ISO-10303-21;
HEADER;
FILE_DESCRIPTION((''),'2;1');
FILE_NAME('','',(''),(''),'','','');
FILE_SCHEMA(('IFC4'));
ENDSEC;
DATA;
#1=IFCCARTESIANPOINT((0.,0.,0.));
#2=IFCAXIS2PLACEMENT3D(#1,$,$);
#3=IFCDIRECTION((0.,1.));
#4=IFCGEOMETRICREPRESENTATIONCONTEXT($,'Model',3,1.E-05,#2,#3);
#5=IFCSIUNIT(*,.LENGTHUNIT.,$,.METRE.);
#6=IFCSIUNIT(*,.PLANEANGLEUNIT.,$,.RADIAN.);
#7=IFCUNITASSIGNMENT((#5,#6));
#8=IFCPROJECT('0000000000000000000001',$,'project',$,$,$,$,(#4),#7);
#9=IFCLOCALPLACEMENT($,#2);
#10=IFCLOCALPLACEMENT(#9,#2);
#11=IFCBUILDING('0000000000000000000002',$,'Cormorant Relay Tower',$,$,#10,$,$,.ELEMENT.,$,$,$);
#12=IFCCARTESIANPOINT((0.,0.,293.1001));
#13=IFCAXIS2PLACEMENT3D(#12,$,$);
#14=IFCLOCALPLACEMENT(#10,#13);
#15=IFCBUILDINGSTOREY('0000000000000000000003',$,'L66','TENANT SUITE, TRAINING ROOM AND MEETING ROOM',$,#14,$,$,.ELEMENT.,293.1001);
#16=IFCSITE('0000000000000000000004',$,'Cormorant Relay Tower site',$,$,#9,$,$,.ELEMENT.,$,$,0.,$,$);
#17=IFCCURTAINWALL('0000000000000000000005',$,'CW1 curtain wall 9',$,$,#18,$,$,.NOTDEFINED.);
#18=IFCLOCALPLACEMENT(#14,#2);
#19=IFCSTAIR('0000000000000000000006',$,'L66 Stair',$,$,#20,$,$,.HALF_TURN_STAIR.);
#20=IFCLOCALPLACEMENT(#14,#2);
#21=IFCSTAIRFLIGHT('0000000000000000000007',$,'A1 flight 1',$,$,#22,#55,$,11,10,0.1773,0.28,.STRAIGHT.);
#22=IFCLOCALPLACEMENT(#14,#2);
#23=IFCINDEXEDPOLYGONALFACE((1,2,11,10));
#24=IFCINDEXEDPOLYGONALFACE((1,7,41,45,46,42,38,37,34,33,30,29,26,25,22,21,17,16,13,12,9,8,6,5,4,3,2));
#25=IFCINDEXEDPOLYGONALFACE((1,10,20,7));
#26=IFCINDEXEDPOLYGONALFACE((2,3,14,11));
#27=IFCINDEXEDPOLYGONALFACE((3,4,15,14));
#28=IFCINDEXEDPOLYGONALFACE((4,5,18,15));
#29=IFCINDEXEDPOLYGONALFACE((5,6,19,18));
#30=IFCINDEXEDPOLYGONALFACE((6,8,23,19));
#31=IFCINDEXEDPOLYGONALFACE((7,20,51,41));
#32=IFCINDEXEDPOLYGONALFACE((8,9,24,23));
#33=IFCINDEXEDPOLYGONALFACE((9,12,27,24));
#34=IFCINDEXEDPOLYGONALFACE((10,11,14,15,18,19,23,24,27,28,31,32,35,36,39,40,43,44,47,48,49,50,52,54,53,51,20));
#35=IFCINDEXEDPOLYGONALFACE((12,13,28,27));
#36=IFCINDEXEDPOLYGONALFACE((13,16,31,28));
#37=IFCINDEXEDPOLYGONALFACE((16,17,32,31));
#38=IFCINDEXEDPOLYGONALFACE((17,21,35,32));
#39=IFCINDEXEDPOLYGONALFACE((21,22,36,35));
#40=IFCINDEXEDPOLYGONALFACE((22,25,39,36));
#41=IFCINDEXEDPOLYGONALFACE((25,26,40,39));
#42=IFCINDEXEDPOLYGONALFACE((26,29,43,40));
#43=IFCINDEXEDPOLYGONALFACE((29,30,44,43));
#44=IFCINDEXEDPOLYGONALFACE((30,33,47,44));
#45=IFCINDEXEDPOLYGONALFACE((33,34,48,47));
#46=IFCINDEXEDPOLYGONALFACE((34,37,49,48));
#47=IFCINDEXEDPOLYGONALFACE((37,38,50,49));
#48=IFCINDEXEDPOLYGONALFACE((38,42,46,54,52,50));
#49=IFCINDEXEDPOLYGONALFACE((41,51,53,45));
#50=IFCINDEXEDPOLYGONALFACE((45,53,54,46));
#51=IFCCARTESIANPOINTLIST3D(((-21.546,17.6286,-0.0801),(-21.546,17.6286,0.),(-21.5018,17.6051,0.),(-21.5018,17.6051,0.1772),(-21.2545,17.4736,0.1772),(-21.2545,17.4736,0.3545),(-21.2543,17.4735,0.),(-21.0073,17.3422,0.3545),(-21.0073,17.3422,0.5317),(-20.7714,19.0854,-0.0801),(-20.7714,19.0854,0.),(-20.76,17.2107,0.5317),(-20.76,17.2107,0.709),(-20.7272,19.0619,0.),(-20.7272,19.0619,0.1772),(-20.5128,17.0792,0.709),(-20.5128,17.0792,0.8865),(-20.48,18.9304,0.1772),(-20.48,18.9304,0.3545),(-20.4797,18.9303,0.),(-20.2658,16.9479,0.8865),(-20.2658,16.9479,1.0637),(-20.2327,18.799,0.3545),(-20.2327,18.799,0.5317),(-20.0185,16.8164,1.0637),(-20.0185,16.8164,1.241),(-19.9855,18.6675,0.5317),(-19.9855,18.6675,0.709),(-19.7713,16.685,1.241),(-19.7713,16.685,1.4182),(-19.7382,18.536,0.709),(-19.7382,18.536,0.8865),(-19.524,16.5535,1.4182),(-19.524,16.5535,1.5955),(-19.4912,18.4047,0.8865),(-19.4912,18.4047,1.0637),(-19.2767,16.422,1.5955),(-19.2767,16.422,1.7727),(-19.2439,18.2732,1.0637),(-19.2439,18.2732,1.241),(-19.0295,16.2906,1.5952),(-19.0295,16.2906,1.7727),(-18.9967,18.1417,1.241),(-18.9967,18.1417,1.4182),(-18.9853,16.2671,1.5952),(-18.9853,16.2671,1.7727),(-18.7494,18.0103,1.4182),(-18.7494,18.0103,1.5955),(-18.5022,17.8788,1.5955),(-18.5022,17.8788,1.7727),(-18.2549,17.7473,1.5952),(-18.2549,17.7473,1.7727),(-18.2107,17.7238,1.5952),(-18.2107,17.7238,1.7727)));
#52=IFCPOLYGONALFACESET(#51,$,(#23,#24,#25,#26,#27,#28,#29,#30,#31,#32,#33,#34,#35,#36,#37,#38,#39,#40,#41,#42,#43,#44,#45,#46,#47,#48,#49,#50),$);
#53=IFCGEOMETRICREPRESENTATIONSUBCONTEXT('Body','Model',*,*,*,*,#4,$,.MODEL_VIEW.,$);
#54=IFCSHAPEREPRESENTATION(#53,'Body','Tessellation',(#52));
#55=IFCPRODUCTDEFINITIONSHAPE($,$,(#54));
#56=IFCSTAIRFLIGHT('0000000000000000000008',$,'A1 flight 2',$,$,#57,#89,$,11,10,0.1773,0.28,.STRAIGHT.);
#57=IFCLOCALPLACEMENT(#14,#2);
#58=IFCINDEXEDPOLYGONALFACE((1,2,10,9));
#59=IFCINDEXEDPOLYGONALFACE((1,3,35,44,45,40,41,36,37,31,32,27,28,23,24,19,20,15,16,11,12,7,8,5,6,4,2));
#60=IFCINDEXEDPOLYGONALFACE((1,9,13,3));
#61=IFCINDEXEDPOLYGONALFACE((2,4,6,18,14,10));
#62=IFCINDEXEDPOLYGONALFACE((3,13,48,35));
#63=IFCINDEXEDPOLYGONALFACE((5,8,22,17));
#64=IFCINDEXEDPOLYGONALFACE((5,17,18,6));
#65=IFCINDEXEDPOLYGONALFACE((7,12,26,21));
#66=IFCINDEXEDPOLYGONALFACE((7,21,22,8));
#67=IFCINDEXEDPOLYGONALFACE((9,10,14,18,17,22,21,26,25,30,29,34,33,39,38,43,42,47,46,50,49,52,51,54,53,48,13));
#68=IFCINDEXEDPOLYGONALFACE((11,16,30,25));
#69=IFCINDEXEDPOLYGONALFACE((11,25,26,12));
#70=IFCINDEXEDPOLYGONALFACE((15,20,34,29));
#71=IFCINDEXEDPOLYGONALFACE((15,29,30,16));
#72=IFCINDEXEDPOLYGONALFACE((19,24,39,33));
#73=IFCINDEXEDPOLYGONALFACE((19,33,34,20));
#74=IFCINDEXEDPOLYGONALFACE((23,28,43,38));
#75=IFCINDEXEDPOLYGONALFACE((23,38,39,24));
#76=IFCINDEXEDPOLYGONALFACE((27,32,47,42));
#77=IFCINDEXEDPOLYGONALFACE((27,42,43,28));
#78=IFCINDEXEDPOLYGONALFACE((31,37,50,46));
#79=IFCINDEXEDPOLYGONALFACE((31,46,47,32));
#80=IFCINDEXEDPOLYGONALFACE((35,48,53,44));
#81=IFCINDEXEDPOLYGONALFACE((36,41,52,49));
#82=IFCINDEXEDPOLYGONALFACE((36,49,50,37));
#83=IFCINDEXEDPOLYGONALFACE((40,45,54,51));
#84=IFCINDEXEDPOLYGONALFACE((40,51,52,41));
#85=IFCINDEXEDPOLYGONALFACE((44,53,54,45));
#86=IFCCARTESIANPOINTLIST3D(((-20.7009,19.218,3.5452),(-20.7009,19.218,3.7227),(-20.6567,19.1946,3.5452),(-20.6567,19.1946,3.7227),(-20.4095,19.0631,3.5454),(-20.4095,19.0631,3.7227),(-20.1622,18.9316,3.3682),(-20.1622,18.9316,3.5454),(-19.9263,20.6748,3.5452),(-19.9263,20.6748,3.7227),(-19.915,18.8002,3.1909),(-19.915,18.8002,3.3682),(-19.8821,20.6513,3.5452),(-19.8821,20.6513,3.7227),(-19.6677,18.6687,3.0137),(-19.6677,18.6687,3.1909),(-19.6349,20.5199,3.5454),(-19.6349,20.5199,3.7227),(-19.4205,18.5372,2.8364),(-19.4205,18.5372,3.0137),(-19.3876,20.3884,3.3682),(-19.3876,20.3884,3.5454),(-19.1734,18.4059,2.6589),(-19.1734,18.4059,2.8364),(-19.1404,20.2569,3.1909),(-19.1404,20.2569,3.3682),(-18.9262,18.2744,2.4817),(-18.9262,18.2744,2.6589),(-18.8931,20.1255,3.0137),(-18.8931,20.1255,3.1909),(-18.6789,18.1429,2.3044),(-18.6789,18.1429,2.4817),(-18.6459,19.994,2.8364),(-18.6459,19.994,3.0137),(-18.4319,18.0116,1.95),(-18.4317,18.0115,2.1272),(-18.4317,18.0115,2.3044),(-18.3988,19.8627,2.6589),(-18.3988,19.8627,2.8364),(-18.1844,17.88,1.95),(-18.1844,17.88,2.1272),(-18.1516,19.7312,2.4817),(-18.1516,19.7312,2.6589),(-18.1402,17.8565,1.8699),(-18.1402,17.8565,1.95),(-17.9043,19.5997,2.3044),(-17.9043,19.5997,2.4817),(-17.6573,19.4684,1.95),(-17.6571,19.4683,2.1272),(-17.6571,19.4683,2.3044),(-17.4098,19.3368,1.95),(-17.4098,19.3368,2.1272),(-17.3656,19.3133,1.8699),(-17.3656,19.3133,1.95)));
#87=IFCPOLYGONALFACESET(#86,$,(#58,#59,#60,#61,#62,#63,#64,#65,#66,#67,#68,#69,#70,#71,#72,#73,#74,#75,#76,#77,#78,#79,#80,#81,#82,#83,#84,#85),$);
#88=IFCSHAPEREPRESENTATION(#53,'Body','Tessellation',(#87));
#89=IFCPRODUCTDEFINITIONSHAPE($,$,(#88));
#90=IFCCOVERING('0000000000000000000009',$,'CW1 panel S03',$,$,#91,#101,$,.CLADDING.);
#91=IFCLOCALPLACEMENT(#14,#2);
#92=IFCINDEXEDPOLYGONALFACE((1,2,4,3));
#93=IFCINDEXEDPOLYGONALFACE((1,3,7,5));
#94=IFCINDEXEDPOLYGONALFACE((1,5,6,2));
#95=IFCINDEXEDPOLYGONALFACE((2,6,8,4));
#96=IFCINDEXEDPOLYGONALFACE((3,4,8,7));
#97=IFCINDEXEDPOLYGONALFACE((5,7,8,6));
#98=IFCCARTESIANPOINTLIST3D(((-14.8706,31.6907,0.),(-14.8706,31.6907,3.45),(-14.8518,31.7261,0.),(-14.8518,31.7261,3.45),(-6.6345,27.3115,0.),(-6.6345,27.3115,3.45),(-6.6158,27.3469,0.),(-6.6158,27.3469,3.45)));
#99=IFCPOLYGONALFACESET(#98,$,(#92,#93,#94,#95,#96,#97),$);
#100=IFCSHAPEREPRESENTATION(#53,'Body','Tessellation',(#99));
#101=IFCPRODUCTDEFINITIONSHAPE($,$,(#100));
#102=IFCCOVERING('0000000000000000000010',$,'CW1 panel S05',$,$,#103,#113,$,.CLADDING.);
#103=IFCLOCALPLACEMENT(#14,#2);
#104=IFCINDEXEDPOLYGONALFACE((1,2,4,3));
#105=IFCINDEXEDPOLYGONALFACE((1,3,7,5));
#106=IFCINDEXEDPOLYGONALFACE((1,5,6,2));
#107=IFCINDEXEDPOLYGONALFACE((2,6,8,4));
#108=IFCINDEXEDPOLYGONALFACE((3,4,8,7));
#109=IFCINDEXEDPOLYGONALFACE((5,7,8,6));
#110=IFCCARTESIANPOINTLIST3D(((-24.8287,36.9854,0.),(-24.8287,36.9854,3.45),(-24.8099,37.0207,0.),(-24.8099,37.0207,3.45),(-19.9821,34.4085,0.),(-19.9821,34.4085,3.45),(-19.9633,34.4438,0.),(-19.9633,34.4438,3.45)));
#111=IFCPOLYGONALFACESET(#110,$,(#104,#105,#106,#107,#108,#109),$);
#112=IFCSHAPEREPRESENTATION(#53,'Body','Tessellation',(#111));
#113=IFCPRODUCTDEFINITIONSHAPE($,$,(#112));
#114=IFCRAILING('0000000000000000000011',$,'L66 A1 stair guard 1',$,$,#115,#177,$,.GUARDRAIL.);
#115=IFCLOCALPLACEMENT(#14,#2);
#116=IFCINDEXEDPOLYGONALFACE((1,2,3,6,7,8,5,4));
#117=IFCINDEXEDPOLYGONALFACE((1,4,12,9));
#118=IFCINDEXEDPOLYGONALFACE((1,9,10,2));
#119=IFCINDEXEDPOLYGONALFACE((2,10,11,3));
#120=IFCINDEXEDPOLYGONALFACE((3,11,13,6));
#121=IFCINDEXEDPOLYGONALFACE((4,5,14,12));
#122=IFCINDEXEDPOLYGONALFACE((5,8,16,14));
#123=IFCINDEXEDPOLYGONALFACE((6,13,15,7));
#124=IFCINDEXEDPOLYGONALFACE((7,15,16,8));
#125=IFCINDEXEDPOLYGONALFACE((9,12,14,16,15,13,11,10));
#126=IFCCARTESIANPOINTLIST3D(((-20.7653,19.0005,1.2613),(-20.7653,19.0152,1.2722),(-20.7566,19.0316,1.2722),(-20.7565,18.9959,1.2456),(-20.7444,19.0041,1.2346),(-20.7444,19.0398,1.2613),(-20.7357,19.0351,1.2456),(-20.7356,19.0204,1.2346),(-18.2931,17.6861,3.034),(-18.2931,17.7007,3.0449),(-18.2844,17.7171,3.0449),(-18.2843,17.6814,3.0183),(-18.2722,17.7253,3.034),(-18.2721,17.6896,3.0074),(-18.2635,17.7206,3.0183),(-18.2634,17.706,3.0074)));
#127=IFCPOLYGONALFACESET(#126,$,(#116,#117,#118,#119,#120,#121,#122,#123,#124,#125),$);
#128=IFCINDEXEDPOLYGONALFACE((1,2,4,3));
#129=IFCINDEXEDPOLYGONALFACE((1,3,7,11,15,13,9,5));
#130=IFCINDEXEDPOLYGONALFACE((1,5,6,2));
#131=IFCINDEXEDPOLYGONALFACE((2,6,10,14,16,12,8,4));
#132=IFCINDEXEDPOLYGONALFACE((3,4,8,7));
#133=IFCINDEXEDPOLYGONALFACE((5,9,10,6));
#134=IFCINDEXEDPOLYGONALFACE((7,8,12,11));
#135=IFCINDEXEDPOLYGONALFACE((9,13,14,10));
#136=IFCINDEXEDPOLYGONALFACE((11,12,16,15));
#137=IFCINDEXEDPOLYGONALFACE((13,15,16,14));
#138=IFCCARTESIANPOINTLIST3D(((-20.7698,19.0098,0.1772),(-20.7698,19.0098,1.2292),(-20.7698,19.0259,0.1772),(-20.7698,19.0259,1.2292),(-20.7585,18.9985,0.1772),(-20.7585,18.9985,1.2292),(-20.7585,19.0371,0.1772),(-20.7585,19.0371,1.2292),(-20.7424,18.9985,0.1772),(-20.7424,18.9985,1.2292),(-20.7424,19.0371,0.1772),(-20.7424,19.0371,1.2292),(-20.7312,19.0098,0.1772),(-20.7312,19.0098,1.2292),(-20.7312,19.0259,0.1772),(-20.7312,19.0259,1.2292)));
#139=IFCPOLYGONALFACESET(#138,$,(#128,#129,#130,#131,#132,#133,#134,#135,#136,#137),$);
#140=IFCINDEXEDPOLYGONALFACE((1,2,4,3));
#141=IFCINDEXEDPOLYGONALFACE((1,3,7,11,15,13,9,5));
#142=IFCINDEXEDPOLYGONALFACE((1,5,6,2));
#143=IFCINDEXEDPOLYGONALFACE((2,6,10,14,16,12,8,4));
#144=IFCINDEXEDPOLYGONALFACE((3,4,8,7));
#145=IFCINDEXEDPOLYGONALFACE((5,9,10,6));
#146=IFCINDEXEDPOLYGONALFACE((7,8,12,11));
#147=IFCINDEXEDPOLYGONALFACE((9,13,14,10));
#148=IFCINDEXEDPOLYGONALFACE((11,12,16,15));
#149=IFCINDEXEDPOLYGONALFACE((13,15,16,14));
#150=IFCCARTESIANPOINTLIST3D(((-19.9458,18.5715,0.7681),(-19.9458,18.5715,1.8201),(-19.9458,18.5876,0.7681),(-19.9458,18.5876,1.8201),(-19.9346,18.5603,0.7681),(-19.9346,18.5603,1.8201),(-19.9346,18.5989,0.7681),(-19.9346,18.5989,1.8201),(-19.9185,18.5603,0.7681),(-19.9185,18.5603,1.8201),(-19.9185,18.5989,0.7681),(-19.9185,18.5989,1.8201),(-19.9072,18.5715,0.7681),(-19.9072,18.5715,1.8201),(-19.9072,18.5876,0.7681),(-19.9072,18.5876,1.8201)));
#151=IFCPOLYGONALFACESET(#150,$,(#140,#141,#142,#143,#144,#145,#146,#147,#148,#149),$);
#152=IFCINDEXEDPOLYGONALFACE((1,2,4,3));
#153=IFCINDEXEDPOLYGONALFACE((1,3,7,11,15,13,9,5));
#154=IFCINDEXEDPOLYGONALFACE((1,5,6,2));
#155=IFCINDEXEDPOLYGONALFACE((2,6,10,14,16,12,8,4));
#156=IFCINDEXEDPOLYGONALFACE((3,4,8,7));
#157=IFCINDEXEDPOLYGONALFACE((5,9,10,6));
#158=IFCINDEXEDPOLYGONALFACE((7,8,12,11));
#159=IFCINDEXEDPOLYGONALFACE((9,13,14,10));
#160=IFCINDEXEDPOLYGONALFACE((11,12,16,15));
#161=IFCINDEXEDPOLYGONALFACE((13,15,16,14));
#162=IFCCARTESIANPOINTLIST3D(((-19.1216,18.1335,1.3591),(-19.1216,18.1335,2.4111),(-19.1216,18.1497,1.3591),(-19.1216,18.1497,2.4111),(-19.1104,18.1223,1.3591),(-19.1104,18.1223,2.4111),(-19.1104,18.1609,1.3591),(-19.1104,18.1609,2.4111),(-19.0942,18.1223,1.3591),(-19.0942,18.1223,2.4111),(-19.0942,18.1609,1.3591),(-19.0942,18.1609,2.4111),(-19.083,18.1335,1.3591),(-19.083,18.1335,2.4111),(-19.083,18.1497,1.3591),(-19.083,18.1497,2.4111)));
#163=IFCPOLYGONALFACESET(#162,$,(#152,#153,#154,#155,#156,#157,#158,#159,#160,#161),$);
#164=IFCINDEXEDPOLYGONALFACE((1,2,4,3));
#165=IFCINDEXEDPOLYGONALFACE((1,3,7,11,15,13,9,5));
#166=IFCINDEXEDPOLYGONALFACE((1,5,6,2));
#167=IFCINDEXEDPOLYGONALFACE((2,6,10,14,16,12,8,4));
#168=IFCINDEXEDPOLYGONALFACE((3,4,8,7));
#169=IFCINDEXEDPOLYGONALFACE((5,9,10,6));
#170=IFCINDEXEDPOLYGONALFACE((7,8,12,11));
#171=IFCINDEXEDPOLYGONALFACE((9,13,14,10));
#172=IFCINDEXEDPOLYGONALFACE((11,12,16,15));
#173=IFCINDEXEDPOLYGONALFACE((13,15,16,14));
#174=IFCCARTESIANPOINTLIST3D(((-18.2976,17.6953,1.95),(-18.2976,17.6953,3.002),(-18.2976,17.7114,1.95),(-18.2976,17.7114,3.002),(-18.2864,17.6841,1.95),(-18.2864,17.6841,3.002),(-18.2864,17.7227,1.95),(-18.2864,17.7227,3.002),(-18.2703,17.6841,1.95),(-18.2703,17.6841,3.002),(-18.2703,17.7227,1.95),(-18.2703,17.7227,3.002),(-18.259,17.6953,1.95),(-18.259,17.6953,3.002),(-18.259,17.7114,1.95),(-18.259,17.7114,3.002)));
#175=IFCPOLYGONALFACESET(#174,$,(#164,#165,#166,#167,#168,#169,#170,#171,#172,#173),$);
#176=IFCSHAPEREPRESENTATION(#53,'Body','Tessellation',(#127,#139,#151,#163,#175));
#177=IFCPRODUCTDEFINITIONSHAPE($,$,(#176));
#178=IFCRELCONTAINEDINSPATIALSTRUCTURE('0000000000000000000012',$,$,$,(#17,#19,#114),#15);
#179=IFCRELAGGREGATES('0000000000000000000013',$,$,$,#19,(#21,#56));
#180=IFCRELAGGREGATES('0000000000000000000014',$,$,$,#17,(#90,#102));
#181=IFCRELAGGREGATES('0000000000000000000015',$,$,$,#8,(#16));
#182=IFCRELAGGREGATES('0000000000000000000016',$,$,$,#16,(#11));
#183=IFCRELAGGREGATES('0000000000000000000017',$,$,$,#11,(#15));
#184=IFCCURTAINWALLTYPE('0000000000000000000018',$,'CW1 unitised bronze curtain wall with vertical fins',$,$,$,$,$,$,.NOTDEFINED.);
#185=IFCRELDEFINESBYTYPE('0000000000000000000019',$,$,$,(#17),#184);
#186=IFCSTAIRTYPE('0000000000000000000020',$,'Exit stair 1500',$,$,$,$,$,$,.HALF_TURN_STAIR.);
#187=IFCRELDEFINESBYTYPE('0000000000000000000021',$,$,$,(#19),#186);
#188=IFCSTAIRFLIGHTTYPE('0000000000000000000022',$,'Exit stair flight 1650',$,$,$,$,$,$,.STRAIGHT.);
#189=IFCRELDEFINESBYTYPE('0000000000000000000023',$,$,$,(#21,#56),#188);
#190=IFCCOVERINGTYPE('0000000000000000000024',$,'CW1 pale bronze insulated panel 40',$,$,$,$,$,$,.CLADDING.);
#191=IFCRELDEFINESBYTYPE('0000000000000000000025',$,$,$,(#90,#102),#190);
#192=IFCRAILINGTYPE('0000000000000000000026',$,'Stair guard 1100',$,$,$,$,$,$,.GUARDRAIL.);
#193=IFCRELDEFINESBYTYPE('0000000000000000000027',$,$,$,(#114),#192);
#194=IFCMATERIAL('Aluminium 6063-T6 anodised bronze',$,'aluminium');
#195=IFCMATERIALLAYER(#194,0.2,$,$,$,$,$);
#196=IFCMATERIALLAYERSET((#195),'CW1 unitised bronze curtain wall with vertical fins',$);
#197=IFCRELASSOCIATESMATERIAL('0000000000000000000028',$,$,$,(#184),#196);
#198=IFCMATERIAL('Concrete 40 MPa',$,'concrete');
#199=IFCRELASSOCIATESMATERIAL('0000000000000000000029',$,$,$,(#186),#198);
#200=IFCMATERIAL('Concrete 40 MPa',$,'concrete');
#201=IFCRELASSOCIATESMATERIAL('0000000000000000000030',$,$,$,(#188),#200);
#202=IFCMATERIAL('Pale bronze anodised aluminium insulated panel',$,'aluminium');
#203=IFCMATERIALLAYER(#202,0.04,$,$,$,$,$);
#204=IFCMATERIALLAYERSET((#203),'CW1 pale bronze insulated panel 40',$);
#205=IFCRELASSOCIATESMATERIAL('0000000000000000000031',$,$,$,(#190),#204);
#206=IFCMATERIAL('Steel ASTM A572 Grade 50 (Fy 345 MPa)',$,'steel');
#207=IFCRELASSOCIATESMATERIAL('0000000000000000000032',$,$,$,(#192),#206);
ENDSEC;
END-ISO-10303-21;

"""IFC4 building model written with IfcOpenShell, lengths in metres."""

from ifc_helpers import new_model, si_unit, direction, frame, origin, origin_2d, place, context, subcontext, project, spatial, polyline, rectangle, outline, extrude, material, layer, layer_set, type_object, element, aggregate, save


model = new_model("IFC4")

# Units and contexts
model_context = context("Model", 3, precision=1e-05, world=origin(), true_north=direction((0.0, 1.0)))
body_context = subcontext(model_context, "Body", "Model", "MODEL_VIEW")
ifc_project = project(units=[si_unit("LENGTHUNIT", "METRE"), si_unit("PLANEANGLEUNIT", "RADIAN")], contexts=[model_context])

# Site, building, storey
site_placement = place(None, origin())
site = spatial("IfcSite", under=ifc_project, at=site_placement, Name="Cormorant Relay Tower site", CompositionType="ELEMENT", RefElevation=0.0)
building_placement = place(site_placement, origin())
building = spatial("IfcBuilding", under=site, at=building_placement, Name="Cormorant Relay Tower", CompositionType="ELEMENT")
storey_placement = place(building_placement, frame((0.0, 0.0, 293.1001)))
storey = spatial("IfcBuildingStorey", under=building, at=storey_placement, Name="L66", Description="TENANT SUITE, TRAINING ROOM AND MEETING ROOM", CompositionType="ELEMENT", Elevation=293.1001)

# Curtain wall
ifc_material_1 = material(Name="Aluminium 6063-T6 anodised bronze", Category="aluminium")
ifc_layer_1 = layer(ifc_material_1, 0.2)
ifc_layer_set_1 = layer_set([ifc_layer_1], Name="CW1 unitised bronze curtain wall with vertical fins")
curtain_wall_type = type_object("IfcCurtainWallType", Name="CW1 unitised bronze curtain wall with vertical fins", PredefinedType="NOTDEFINED", material=ifc_layer_set_1)
curtain_wall_placement = place(storey_placement, origin())
curtain_wall = element("IfcCurtainWall", 1, at=curtain_wall_placement, inside=storey, type_object=curtain_wall_type, Name="CW1 curtain wall 9", PredefinedType="NOTDEFINED")

# Stair, stair flights
ifc_material_2 = material(Name="Concrete 40 MPa", Category="concrete")
stair_type = type_object("IfcStairType", Name="Exit stair 1500", PredefinedType="HALF_TURN_STAIR", material=ifc_material_2)
stair_placement = place(storey_placement, origin())
stair = element("IfcStair", 2, at=stair_placement, inside=storey, type_object=stair_type, Name="L66 Stair", PredefinedType="HALF_TURN_STAIR")
ifc_material_3 = material(Name="Concrete 40 MPa", Category="concrete")
stair_flight_type = type_object("IfcStairFlightType", Name="Exit stair flight 1650", PredefinedType="STRAIGHT", material=ifc_material_3)
stair_flight_1_placement = place(storey_placement, frame((-21.1145, 18.3335, 0.0), z_axis=(0.0, 0.0, 1.0), x_axis=(0.882948, -0.469472, 0.0)))
stair_flight_1 = element("IfcStairFlight", 3, at=stair_flight_1_placement, type_object=stair_flight_type, Name="A1 flight 1", NumberOfRisers=11, NumberOfTreads=10, PredefinedType="STRAIGHT", RiserHeight=0.1773, TreadLength=0.28, context=body_context, shape_type="SweptSolid", body=[
    extrude(outline(polyline([(-0.05, -0.0801), (-0.05, 0.0), (0.0, 0.0), (0.0, 0.1772), (0.28, 0.1772), (0.28, 0.3545), (0.5601, 0.3545), (0.5601, 0.5317), (0.8401, 0.5317), (0.8401, 0.709), (1.1201, 0.709), (1.1201, 0.8865), (1.3999, 0.8865), (1.3999, 1.0637), (1.6799, 1.0637), (1.6799, 1.241), (1.96, 1.241), (1.96, 1.4182), (2.24, 1.4182), (2.24, 1.5955), (2.52, 1.5955), (2.52, 1.7727), (2.8, 1.7727), (2.8501, 1.7727), (2.8501, 1.5952), (2.8, 1.5952), (0.2803, 0.0), (-0.05, -0.0801)])), frame((0.0, 0.825, 0.0), z_axis=(0.0, -1.0, 0.0), x_axis=(1.0, 0.0, 0.0)), (0.0, 0.0, 1.0), 1.6499),
])
stair_flight_2_placement = place(storey_placement, frame((-17.7971, 18.6084, 1.95), z_axis=(0.0, 0.0, 1.0), x_axis=(-0.882948, 0.469472, 0.0)))
stair_flight_2 = element("IfcStairFlight", 4, at=stair_flight_2_placement, type_object=stair_flight_type, Name="A1 flight 2", NumberOfRisers=11, NumberOfTreads=10, PredefinedType="STRAIGHT", RiserHeight=0.1773, TreadLength=0.28, context=body_context, shape_type="SweptSolid", body=[
    extrude(outline(polyline([(-0.05, -0.0801), (-0.05, 0.0), (0.0, 0.0), (0.0, 0.1772), (0.28, 0.1772), (0.28, 0.3545), (0.5601, 0.3545), (0.5601, 0.5317), (0.8401, 0.5317), (0.8401, 0.709), (1.1201, 0.709), (1.1201, 0.8865), (1.3999, 0.8865), (1.3999, 1.0637), (1.6799, 1.0637), (1.6799, 1.241), (1.96, 1.241), (1.96, 1.4182), (2.24, 1.4182), (2.24, 1.5955), (2.52, 1.5955), (2.52, 1.7727), (2.8, 1.7727), (2.8501, 1.7727), (2.8501, 1.5952), (2.8, 1.5952), (0.2803, 0.0), (-0.05, -0.0801)])), frame((0.0, 0.825, 0.0), z_axis=(0.0, -1.0, 0.0), x_axis=(1.0, 0.0, 0.0)), (0.0, 0.0, 1.0), 1.6499),
])
aggregate(stair, [stair_flight_1, stair_flight_2])

# Coverings
ifc_material_4 = material(Name="Pale bronze anodised aluminium insulated panel", Category="aluminium")
ifc_layer_2 = layer(ifc_material_4, 0.04)
ifc_layer_set_2 = layer_set([ifc_layer_2], Name="CW1 pale bronze insulated panel 40")
covering_type = type_object("IfcCoveringType", Name="CW1 pale bronze insulated panel 40", PredefinedType="CLADDING", material=ifc_layer_set_2)
covering_1_placement = place(storey_placement, frame((-10.7432, 29.5188, 0.0), z_axis=(0.0, 0.0, 1.0), x_axis=(-0.882948, 0.469472, 0.0)))
covering_1 = element("IfcCovering", 5, at=covering_1_placement, type_object=covering_type, Name="CW1 panel S03", PredefinedType="CLADDING", context=body_context, shape_type="SweptSolid", body=[
    extrude(rectangle(XDim=9.3279, YDim=0.04, at=origin_2d()), origin(), (0.0, 0.0, 1.0), 3.45),
])
covering_2_placement = place(storey_placement, frame((-22.396, 35.7146, 0.0), z_axis=(0.0, 0.0, 1.0), x_axis=(-0.882948, 0.469472, 0.0)))
covering_2 = element("IfcCovering", 6, at=covering_2_placement, type_object=covering_type, Name="CW1 panel S05", PredefinedType="CLADDING", context=body_context, shape_type="SweptSolid", body=[
    extrude(rectangle(XDim=5.489, YDim=0.04, at=origin_2d()), origin(), (0.0, 0.0, 1.0), 3.45),
])
aggregate(curtain_wall, [covering_1, covering_2])

# Railing
ifc_material_5 = material(Name="Steel ASTM A572 Grade 50 (Fy 345 MPa)", Category="steel")
railing_type_1 = type_object("IfcRailingType", Name="Stair guard 1100", PredefinedType="GUARDRAIL", material=ifc_material_5)
railing_1_placement = place(storey_placement, frame((-20.7505, 19.0178, 0.1772)))
element("IfcRailing", 7, at=railing_1_placement, inside=storey, type_object=railing_type_1, Name="L66 A1 stair guard 1", PredefinedType="GUARDRAIL", context=body_context, shape_type="SweptSolid", body=[
    extrude(outline(polyline([(0.0222, 0.0093), (0.0093, 0.0222), (-0.0093, 0.0222), (-0.0222, 0.0093), (-0.0222, -0.0093), (-0.0093, -0.0222), (0.0093, -0.0222), (0.0222, -0.0093), (0.0222, 0.0093)])), frame((0.0, 0.0, 1.0762), z_axis=(0.746001, -0.396649, 0.534931), x_axis=(0.469465, 0.882951, 0.0)), (0.0, 0.0, 1.0), 3.314),
    extrude(outline(polyline([(0.0193, 0.0081), (0.0081, 0.0193), (-0.0081, 0.0193), (-0.0193, 0.0081), (-0.0193, -0.0081), (-0.0081, -0.0193), (0.0081, -0.0193), (0.0193, -0.0081), (0.0193, 0.0081)])), origin(), (0.0, 0.0, 1.0), 1.052),
    extrude(outline(polyline([(0.0193, 0.0081), (0.0081, 0.0193), (-0.0081, 0.0193), (-0.0193, 0.0081), (-0.0193, -0.0081), (-0.0081, -0.0193), (0.0081, -0.0193), (0.0193, -0.0081), (0.0193, 0.0081)])), frame((0.824, -0.4382, 0.5908)), (0.0, 0.0, 1.0), 1.052),
    extrude(outline(polyline([(0.0193, 0.0081), (0.0081, 0.0193), (-0.0081, 0.0193), (-0.0193, 0.0081), (-0.0193, -0.0081), (-0.0081, -0.0193), (0.0081, -0.0193), (0.0193, -0.0081), (0.0193, 0.0081)])), frame((1.6482, -0.8762, 1.1819)), (0.0, 0.0, 1.0), 1.052),
    extrude(outline(polyline([(0.0193, 0.0081), (0.0081, 0.0193), (-0.0081, 0.0193), (-0.0193, 0.0081), (-0.0193, -0.0081), (-0.0081, -0.0193), (0.0081, -0.0193), (0.0193, -0.0081), (0.0193, 0.0081)])), frame((2.4722, -1.3145, 1.7727)), (0.0, 0.0, 1.0), 1.052),
])

save(model, "model.ifc")
